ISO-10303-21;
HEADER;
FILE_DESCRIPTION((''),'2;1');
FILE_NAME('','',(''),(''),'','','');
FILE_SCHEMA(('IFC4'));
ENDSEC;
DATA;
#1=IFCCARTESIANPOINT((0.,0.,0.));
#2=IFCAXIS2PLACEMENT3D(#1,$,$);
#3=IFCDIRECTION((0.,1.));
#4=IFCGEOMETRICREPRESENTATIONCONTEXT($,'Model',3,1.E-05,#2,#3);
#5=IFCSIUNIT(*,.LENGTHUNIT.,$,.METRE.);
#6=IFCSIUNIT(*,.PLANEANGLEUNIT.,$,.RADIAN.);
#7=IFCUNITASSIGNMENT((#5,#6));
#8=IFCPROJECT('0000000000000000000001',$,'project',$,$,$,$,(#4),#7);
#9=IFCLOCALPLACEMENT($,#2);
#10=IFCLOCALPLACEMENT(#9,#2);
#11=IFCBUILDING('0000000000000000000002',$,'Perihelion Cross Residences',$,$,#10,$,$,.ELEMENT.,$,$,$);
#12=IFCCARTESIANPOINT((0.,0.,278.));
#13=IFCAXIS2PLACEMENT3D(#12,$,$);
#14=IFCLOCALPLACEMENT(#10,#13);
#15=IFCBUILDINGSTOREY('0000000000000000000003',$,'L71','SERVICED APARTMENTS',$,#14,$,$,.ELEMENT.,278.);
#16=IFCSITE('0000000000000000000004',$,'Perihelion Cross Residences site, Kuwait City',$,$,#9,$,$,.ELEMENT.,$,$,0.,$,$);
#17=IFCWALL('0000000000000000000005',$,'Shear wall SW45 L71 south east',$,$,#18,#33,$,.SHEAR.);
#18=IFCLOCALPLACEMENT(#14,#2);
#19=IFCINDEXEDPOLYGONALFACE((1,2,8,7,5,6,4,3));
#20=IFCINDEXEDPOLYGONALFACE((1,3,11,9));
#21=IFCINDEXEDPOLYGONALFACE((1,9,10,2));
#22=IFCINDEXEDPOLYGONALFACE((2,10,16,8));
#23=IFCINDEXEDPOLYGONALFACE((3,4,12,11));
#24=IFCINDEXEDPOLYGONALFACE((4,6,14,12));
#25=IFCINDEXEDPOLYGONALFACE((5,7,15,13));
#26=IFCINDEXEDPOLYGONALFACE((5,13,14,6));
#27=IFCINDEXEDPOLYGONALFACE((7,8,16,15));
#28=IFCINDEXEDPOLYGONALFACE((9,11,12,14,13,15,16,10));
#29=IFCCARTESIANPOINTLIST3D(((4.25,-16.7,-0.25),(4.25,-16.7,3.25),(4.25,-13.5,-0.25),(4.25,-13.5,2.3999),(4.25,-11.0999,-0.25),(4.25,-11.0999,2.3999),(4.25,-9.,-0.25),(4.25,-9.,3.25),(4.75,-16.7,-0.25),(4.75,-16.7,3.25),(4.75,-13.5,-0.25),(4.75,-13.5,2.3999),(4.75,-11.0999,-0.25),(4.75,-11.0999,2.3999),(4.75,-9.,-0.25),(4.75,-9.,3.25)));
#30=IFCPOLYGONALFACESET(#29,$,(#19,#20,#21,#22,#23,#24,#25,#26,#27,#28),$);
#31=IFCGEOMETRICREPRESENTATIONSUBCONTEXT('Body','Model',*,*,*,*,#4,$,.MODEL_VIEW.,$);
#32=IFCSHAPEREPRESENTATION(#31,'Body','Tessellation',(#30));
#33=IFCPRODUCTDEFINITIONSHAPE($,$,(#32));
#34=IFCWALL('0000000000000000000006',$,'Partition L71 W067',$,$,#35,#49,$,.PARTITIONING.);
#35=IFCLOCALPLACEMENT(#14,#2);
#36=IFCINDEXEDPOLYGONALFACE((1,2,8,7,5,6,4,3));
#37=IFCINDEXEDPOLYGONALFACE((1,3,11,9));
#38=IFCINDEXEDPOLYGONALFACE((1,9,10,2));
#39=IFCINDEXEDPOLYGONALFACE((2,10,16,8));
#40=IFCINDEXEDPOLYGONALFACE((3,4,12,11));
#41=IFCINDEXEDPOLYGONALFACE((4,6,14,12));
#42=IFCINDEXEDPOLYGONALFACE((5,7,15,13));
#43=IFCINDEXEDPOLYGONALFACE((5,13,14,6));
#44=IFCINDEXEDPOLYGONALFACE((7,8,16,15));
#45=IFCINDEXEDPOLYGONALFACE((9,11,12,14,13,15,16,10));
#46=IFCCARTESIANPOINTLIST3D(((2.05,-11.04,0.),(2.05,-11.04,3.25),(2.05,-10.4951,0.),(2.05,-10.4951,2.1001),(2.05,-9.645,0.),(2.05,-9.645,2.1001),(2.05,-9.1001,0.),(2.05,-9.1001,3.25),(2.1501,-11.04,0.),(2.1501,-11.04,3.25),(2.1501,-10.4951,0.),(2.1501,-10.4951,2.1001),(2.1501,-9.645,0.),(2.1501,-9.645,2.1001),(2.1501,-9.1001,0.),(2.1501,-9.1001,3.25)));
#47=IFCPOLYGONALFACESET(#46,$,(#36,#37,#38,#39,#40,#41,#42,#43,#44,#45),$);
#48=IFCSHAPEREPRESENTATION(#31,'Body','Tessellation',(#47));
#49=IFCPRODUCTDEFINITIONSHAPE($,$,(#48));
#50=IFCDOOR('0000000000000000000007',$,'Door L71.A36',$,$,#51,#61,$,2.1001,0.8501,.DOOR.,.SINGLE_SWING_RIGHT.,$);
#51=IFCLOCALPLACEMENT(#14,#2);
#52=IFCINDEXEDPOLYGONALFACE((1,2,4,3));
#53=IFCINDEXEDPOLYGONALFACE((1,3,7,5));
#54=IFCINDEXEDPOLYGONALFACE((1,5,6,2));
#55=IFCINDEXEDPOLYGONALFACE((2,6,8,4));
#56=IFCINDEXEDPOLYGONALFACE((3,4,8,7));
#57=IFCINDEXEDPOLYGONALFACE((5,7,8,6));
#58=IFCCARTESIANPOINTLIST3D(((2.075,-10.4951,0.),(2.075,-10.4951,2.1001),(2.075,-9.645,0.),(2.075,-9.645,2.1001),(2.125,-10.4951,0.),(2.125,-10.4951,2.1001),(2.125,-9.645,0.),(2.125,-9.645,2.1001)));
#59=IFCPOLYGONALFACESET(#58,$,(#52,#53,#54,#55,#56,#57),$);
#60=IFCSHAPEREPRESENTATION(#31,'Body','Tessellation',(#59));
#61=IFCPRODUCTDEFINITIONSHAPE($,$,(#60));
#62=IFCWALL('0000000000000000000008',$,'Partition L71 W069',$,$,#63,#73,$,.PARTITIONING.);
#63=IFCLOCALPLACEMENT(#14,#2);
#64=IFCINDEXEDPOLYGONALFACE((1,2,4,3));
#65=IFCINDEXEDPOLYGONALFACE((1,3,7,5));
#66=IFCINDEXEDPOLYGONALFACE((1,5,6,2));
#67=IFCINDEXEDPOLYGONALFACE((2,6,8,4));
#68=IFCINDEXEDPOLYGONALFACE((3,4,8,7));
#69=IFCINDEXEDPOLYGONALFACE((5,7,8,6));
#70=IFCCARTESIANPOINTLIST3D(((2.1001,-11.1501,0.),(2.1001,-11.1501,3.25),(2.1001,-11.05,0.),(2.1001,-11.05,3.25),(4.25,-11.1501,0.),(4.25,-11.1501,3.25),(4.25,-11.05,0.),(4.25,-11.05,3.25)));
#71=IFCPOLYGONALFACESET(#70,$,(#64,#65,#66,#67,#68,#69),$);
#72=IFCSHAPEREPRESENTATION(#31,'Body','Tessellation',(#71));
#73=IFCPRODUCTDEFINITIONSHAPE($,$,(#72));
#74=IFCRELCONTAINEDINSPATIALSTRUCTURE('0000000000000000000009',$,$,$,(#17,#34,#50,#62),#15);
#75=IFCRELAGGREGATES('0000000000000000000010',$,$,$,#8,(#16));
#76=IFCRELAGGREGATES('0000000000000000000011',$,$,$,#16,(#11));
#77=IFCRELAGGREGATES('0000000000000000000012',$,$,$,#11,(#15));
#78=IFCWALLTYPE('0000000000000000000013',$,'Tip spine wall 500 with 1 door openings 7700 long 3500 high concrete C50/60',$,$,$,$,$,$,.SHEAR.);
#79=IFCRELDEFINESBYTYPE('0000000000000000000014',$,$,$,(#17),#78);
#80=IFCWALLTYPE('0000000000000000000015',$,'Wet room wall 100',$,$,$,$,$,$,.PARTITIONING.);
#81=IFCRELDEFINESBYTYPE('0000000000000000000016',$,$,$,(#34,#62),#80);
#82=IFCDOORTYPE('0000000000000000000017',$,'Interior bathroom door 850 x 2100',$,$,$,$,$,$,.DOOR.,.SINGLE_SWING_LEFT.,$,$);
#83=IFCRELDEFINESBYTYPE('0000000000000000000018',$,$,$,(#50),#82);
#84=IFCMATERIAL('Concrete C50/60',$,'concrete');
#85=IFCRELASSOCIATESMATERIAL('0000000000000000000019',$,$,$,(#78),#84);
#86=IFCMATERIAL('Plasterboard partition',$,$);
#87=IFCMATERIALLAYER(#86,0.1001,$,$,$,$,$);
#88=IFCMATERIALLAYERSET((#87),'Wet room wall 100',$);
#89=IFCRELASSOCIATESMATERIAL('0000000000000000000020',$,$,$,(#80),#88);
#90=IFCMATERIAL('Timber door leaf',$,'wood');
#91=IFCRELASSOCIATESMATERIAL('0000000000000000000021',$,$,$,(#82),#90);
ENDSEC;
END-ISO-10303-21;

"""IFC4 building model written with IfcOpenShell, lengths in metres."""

from ifc_helpers import new_model, si_unit, direction, frame, frame_2d, origin, place, context, subcontext, project, spatial, polyline, rectangle, outline, extrude, material, layer, layer_set, material_profile, profile_set, type_object, element, fill, save


model = new_model("IFC4")

# Units and contexts
model_context = context("Model", 3, precision=1e-05, world=origin(), true_north=direction((0.0, 1.0)))
body_context = subcontext(model_context, "Body", "Model", "MODEL_VIEW")
ifc_project = project(units=[si_unit("LENGTHUNIT", "METRE"), si_unit("PLANEANGLEUNIT", "RADIAN")], contexts=[model_context])

# Site, building, storey
site_placement = place(None, origin())
site = spatial("IfcSite", under=ifc_project, at=site_placement, Name="Perihelion Cross Residences site, Kuwait City", CompositionType="ELEMENT", RefElevation=0.0)
building_placement = place(site_placement, origin())
building = spatial("IfcBuilding", under=site, at=building_placement, Name="Perihelion Cross Residences", CompositionType="ELEMENT")
storey_placement = place(building_placement, frame((0.0, 0.0, 278.0)))
storey = spatial("IfcBuildingStorey", under=building, at=storey_placement, Name="L71", Description="SERVICED APARTMENTS", CompositionType="ELEMENT", Elevation=278.0)

# Wall
ifc_material_1 = material(Name="Concrete C50/60", Category="concrete")
ifc_material_profile_1 = material_profile(ifc_material_1, outline(polyline([(0.0, 0.0), (3.2, 0.0), (3.2, 2.6499), (5.6001, 2.6499), (5.6001, 0.0), (7.7, 0.0), (7.7, 3.5), (0.0, 3.5), (0.0, 0.0)])), Name="Tip spine wall")
ifc_profile_set_1 = profile_set([ifc_material_profile_1], Name="Concrete C50/60")
wall_type_1 = type_object("IfcWallType", Name="Tip spine wall 500 with 1 door openings 7700 long 3500 high concrete C50/60", PredefinedType="SHEAR", material=ifc_profile_set_1)
wall_1_placement = place(storey_placement, frame((4.25, -16.7, -0.25), z_axis=(1.0, 0.0, 0.0), x_axis=(0.0, 1.0, 0.0)))
element("IfcWall", 1, at=wall_1_placement, inside=storey, type_object=wall_type_1, Name="Shear wall SW45 L71 south east", PredefinedType="SHEAR", context=body_context, shape_type="SweptSolid", body=[
    extrude(outline(polyline([(0.0, 0.0), (3.2, 0.0), (3.2, 2.6499), (5.6001, 2.6499), (5.6001, 0.0), (7.7, 0.0), (7.7, 3.5), (0.0, 3.5), (0.0, 0.0)])), origin(), (0.0, 0.0, 1.0), 0.5),
])

# Wall, opening, door
ifc_material_2 = material(Name="Plasterboard partition")
ifc_layer_1 = layer(ifc_material_2, 0.1001)
ifc_layer_set_1 = layer_set([ifc_layer_1], Name="Wet room wall 100")
wall_type_2 = type_object("IfcWallType", Name="Wet room wall 100", PredefinedType="PARTITIONING", material=ifc_layer_set_1)
wall_2_placement = place(storey_placement, frame((2.1001, -9.1001, 0.0), z_axis=(0.0, 0.0, 1.0), x_axis=(0.0, -1.0, 0.0)))
wall_2 = element("IfcWall", 2, at=wall_2_placement, inside=storey, type_object=wall_type_2, Name="Partition L71 W067", PredefinedType="PARTITIONING", context=body_context, shape_type="SweptSolid", body=[
    extrude(rectangle(XDim=1.9399, YDim=0.1001, at=frame_2d((0.97, 0.0))), origin(), (0.0, 0.0, 1.0), 3.25),
])
opening_1_placement = place(wall_2_placement, frame((0.5449, 0.0, 0.0)))
opening_1 = element("IfcOpeningElement", 3, at=opening_1_placement, cuts=wall_2, PredefinedType="OPENING", context=body_context, shape_type="SweptSolid", body=[
    extrude(rectangle(XDim=0.8501, YDim=2.1001, at=frame_2d((0.425, 1.05))), frame((0.0, 0.0601, 0.0), z_axis=(0.0, -1.0, 0.0), x_axis=(1.0, 0.0, 0.0)), (0.0, 0.0, 1.0), 0.1201),
])
ifc_material_3 = material(Name="Timber door leaf", Category="wood")
door_type_1 = type_object("IfcDoorType", Name="Interior bathroom door 850 x 2100", OperationType="SINGLE_SWING_LEFT", PredefinedType="DOOR", material=ifc_material_3)
door_1_placement = place(opening_1_placement, origin())
door_1 = element("IfcDoor", 4, at=door_1_placement, inside=storey, type_object=door_type_1, Name="Door L71.A36", OperationType="SINGLE_SWING_RIGHT", OverallHeight=2.1001, OverallWidth=0.8501, PredefinedType="DOOR", context=body_context, shape_type="SweptSolid", body=[
    extrude(rectangle(XDim=0.8501, YDim=2.1001, at=frame_2d((0.425, 1.05))), frame((0.0, 0.0249, 0.0), z_axis=(0.0, -1.0, 0.0), x_axis=(1.0, 0.0, 0.0)), (0.0, 0.0, 1.0), 0.05),
])
fill(opening_1, door_1)

# Wall
wall_3_placement = place(storey_placement, frame((4.25, -11.1001, 0.0), z_axis=(0.0, 0.0, 1.0), x_axis=(-1.0, 0.0, 0.0)))
element("IfcWall", 5, at=wall_3_placement, inside=storey, type_object=wall_type_2, Name="Partition L71 W069", PredefinedType="PARTITIONING", context=body_context, shape_type="SweptSolid", body=[
    extrude(rectangle(XDim=2.1499, YDim=0.1001, at=frame_2d((1.075, 0.0))), origin(), (0.0, 0.0, 1.0), 3.25),
])

save(model, "model.ifc")
